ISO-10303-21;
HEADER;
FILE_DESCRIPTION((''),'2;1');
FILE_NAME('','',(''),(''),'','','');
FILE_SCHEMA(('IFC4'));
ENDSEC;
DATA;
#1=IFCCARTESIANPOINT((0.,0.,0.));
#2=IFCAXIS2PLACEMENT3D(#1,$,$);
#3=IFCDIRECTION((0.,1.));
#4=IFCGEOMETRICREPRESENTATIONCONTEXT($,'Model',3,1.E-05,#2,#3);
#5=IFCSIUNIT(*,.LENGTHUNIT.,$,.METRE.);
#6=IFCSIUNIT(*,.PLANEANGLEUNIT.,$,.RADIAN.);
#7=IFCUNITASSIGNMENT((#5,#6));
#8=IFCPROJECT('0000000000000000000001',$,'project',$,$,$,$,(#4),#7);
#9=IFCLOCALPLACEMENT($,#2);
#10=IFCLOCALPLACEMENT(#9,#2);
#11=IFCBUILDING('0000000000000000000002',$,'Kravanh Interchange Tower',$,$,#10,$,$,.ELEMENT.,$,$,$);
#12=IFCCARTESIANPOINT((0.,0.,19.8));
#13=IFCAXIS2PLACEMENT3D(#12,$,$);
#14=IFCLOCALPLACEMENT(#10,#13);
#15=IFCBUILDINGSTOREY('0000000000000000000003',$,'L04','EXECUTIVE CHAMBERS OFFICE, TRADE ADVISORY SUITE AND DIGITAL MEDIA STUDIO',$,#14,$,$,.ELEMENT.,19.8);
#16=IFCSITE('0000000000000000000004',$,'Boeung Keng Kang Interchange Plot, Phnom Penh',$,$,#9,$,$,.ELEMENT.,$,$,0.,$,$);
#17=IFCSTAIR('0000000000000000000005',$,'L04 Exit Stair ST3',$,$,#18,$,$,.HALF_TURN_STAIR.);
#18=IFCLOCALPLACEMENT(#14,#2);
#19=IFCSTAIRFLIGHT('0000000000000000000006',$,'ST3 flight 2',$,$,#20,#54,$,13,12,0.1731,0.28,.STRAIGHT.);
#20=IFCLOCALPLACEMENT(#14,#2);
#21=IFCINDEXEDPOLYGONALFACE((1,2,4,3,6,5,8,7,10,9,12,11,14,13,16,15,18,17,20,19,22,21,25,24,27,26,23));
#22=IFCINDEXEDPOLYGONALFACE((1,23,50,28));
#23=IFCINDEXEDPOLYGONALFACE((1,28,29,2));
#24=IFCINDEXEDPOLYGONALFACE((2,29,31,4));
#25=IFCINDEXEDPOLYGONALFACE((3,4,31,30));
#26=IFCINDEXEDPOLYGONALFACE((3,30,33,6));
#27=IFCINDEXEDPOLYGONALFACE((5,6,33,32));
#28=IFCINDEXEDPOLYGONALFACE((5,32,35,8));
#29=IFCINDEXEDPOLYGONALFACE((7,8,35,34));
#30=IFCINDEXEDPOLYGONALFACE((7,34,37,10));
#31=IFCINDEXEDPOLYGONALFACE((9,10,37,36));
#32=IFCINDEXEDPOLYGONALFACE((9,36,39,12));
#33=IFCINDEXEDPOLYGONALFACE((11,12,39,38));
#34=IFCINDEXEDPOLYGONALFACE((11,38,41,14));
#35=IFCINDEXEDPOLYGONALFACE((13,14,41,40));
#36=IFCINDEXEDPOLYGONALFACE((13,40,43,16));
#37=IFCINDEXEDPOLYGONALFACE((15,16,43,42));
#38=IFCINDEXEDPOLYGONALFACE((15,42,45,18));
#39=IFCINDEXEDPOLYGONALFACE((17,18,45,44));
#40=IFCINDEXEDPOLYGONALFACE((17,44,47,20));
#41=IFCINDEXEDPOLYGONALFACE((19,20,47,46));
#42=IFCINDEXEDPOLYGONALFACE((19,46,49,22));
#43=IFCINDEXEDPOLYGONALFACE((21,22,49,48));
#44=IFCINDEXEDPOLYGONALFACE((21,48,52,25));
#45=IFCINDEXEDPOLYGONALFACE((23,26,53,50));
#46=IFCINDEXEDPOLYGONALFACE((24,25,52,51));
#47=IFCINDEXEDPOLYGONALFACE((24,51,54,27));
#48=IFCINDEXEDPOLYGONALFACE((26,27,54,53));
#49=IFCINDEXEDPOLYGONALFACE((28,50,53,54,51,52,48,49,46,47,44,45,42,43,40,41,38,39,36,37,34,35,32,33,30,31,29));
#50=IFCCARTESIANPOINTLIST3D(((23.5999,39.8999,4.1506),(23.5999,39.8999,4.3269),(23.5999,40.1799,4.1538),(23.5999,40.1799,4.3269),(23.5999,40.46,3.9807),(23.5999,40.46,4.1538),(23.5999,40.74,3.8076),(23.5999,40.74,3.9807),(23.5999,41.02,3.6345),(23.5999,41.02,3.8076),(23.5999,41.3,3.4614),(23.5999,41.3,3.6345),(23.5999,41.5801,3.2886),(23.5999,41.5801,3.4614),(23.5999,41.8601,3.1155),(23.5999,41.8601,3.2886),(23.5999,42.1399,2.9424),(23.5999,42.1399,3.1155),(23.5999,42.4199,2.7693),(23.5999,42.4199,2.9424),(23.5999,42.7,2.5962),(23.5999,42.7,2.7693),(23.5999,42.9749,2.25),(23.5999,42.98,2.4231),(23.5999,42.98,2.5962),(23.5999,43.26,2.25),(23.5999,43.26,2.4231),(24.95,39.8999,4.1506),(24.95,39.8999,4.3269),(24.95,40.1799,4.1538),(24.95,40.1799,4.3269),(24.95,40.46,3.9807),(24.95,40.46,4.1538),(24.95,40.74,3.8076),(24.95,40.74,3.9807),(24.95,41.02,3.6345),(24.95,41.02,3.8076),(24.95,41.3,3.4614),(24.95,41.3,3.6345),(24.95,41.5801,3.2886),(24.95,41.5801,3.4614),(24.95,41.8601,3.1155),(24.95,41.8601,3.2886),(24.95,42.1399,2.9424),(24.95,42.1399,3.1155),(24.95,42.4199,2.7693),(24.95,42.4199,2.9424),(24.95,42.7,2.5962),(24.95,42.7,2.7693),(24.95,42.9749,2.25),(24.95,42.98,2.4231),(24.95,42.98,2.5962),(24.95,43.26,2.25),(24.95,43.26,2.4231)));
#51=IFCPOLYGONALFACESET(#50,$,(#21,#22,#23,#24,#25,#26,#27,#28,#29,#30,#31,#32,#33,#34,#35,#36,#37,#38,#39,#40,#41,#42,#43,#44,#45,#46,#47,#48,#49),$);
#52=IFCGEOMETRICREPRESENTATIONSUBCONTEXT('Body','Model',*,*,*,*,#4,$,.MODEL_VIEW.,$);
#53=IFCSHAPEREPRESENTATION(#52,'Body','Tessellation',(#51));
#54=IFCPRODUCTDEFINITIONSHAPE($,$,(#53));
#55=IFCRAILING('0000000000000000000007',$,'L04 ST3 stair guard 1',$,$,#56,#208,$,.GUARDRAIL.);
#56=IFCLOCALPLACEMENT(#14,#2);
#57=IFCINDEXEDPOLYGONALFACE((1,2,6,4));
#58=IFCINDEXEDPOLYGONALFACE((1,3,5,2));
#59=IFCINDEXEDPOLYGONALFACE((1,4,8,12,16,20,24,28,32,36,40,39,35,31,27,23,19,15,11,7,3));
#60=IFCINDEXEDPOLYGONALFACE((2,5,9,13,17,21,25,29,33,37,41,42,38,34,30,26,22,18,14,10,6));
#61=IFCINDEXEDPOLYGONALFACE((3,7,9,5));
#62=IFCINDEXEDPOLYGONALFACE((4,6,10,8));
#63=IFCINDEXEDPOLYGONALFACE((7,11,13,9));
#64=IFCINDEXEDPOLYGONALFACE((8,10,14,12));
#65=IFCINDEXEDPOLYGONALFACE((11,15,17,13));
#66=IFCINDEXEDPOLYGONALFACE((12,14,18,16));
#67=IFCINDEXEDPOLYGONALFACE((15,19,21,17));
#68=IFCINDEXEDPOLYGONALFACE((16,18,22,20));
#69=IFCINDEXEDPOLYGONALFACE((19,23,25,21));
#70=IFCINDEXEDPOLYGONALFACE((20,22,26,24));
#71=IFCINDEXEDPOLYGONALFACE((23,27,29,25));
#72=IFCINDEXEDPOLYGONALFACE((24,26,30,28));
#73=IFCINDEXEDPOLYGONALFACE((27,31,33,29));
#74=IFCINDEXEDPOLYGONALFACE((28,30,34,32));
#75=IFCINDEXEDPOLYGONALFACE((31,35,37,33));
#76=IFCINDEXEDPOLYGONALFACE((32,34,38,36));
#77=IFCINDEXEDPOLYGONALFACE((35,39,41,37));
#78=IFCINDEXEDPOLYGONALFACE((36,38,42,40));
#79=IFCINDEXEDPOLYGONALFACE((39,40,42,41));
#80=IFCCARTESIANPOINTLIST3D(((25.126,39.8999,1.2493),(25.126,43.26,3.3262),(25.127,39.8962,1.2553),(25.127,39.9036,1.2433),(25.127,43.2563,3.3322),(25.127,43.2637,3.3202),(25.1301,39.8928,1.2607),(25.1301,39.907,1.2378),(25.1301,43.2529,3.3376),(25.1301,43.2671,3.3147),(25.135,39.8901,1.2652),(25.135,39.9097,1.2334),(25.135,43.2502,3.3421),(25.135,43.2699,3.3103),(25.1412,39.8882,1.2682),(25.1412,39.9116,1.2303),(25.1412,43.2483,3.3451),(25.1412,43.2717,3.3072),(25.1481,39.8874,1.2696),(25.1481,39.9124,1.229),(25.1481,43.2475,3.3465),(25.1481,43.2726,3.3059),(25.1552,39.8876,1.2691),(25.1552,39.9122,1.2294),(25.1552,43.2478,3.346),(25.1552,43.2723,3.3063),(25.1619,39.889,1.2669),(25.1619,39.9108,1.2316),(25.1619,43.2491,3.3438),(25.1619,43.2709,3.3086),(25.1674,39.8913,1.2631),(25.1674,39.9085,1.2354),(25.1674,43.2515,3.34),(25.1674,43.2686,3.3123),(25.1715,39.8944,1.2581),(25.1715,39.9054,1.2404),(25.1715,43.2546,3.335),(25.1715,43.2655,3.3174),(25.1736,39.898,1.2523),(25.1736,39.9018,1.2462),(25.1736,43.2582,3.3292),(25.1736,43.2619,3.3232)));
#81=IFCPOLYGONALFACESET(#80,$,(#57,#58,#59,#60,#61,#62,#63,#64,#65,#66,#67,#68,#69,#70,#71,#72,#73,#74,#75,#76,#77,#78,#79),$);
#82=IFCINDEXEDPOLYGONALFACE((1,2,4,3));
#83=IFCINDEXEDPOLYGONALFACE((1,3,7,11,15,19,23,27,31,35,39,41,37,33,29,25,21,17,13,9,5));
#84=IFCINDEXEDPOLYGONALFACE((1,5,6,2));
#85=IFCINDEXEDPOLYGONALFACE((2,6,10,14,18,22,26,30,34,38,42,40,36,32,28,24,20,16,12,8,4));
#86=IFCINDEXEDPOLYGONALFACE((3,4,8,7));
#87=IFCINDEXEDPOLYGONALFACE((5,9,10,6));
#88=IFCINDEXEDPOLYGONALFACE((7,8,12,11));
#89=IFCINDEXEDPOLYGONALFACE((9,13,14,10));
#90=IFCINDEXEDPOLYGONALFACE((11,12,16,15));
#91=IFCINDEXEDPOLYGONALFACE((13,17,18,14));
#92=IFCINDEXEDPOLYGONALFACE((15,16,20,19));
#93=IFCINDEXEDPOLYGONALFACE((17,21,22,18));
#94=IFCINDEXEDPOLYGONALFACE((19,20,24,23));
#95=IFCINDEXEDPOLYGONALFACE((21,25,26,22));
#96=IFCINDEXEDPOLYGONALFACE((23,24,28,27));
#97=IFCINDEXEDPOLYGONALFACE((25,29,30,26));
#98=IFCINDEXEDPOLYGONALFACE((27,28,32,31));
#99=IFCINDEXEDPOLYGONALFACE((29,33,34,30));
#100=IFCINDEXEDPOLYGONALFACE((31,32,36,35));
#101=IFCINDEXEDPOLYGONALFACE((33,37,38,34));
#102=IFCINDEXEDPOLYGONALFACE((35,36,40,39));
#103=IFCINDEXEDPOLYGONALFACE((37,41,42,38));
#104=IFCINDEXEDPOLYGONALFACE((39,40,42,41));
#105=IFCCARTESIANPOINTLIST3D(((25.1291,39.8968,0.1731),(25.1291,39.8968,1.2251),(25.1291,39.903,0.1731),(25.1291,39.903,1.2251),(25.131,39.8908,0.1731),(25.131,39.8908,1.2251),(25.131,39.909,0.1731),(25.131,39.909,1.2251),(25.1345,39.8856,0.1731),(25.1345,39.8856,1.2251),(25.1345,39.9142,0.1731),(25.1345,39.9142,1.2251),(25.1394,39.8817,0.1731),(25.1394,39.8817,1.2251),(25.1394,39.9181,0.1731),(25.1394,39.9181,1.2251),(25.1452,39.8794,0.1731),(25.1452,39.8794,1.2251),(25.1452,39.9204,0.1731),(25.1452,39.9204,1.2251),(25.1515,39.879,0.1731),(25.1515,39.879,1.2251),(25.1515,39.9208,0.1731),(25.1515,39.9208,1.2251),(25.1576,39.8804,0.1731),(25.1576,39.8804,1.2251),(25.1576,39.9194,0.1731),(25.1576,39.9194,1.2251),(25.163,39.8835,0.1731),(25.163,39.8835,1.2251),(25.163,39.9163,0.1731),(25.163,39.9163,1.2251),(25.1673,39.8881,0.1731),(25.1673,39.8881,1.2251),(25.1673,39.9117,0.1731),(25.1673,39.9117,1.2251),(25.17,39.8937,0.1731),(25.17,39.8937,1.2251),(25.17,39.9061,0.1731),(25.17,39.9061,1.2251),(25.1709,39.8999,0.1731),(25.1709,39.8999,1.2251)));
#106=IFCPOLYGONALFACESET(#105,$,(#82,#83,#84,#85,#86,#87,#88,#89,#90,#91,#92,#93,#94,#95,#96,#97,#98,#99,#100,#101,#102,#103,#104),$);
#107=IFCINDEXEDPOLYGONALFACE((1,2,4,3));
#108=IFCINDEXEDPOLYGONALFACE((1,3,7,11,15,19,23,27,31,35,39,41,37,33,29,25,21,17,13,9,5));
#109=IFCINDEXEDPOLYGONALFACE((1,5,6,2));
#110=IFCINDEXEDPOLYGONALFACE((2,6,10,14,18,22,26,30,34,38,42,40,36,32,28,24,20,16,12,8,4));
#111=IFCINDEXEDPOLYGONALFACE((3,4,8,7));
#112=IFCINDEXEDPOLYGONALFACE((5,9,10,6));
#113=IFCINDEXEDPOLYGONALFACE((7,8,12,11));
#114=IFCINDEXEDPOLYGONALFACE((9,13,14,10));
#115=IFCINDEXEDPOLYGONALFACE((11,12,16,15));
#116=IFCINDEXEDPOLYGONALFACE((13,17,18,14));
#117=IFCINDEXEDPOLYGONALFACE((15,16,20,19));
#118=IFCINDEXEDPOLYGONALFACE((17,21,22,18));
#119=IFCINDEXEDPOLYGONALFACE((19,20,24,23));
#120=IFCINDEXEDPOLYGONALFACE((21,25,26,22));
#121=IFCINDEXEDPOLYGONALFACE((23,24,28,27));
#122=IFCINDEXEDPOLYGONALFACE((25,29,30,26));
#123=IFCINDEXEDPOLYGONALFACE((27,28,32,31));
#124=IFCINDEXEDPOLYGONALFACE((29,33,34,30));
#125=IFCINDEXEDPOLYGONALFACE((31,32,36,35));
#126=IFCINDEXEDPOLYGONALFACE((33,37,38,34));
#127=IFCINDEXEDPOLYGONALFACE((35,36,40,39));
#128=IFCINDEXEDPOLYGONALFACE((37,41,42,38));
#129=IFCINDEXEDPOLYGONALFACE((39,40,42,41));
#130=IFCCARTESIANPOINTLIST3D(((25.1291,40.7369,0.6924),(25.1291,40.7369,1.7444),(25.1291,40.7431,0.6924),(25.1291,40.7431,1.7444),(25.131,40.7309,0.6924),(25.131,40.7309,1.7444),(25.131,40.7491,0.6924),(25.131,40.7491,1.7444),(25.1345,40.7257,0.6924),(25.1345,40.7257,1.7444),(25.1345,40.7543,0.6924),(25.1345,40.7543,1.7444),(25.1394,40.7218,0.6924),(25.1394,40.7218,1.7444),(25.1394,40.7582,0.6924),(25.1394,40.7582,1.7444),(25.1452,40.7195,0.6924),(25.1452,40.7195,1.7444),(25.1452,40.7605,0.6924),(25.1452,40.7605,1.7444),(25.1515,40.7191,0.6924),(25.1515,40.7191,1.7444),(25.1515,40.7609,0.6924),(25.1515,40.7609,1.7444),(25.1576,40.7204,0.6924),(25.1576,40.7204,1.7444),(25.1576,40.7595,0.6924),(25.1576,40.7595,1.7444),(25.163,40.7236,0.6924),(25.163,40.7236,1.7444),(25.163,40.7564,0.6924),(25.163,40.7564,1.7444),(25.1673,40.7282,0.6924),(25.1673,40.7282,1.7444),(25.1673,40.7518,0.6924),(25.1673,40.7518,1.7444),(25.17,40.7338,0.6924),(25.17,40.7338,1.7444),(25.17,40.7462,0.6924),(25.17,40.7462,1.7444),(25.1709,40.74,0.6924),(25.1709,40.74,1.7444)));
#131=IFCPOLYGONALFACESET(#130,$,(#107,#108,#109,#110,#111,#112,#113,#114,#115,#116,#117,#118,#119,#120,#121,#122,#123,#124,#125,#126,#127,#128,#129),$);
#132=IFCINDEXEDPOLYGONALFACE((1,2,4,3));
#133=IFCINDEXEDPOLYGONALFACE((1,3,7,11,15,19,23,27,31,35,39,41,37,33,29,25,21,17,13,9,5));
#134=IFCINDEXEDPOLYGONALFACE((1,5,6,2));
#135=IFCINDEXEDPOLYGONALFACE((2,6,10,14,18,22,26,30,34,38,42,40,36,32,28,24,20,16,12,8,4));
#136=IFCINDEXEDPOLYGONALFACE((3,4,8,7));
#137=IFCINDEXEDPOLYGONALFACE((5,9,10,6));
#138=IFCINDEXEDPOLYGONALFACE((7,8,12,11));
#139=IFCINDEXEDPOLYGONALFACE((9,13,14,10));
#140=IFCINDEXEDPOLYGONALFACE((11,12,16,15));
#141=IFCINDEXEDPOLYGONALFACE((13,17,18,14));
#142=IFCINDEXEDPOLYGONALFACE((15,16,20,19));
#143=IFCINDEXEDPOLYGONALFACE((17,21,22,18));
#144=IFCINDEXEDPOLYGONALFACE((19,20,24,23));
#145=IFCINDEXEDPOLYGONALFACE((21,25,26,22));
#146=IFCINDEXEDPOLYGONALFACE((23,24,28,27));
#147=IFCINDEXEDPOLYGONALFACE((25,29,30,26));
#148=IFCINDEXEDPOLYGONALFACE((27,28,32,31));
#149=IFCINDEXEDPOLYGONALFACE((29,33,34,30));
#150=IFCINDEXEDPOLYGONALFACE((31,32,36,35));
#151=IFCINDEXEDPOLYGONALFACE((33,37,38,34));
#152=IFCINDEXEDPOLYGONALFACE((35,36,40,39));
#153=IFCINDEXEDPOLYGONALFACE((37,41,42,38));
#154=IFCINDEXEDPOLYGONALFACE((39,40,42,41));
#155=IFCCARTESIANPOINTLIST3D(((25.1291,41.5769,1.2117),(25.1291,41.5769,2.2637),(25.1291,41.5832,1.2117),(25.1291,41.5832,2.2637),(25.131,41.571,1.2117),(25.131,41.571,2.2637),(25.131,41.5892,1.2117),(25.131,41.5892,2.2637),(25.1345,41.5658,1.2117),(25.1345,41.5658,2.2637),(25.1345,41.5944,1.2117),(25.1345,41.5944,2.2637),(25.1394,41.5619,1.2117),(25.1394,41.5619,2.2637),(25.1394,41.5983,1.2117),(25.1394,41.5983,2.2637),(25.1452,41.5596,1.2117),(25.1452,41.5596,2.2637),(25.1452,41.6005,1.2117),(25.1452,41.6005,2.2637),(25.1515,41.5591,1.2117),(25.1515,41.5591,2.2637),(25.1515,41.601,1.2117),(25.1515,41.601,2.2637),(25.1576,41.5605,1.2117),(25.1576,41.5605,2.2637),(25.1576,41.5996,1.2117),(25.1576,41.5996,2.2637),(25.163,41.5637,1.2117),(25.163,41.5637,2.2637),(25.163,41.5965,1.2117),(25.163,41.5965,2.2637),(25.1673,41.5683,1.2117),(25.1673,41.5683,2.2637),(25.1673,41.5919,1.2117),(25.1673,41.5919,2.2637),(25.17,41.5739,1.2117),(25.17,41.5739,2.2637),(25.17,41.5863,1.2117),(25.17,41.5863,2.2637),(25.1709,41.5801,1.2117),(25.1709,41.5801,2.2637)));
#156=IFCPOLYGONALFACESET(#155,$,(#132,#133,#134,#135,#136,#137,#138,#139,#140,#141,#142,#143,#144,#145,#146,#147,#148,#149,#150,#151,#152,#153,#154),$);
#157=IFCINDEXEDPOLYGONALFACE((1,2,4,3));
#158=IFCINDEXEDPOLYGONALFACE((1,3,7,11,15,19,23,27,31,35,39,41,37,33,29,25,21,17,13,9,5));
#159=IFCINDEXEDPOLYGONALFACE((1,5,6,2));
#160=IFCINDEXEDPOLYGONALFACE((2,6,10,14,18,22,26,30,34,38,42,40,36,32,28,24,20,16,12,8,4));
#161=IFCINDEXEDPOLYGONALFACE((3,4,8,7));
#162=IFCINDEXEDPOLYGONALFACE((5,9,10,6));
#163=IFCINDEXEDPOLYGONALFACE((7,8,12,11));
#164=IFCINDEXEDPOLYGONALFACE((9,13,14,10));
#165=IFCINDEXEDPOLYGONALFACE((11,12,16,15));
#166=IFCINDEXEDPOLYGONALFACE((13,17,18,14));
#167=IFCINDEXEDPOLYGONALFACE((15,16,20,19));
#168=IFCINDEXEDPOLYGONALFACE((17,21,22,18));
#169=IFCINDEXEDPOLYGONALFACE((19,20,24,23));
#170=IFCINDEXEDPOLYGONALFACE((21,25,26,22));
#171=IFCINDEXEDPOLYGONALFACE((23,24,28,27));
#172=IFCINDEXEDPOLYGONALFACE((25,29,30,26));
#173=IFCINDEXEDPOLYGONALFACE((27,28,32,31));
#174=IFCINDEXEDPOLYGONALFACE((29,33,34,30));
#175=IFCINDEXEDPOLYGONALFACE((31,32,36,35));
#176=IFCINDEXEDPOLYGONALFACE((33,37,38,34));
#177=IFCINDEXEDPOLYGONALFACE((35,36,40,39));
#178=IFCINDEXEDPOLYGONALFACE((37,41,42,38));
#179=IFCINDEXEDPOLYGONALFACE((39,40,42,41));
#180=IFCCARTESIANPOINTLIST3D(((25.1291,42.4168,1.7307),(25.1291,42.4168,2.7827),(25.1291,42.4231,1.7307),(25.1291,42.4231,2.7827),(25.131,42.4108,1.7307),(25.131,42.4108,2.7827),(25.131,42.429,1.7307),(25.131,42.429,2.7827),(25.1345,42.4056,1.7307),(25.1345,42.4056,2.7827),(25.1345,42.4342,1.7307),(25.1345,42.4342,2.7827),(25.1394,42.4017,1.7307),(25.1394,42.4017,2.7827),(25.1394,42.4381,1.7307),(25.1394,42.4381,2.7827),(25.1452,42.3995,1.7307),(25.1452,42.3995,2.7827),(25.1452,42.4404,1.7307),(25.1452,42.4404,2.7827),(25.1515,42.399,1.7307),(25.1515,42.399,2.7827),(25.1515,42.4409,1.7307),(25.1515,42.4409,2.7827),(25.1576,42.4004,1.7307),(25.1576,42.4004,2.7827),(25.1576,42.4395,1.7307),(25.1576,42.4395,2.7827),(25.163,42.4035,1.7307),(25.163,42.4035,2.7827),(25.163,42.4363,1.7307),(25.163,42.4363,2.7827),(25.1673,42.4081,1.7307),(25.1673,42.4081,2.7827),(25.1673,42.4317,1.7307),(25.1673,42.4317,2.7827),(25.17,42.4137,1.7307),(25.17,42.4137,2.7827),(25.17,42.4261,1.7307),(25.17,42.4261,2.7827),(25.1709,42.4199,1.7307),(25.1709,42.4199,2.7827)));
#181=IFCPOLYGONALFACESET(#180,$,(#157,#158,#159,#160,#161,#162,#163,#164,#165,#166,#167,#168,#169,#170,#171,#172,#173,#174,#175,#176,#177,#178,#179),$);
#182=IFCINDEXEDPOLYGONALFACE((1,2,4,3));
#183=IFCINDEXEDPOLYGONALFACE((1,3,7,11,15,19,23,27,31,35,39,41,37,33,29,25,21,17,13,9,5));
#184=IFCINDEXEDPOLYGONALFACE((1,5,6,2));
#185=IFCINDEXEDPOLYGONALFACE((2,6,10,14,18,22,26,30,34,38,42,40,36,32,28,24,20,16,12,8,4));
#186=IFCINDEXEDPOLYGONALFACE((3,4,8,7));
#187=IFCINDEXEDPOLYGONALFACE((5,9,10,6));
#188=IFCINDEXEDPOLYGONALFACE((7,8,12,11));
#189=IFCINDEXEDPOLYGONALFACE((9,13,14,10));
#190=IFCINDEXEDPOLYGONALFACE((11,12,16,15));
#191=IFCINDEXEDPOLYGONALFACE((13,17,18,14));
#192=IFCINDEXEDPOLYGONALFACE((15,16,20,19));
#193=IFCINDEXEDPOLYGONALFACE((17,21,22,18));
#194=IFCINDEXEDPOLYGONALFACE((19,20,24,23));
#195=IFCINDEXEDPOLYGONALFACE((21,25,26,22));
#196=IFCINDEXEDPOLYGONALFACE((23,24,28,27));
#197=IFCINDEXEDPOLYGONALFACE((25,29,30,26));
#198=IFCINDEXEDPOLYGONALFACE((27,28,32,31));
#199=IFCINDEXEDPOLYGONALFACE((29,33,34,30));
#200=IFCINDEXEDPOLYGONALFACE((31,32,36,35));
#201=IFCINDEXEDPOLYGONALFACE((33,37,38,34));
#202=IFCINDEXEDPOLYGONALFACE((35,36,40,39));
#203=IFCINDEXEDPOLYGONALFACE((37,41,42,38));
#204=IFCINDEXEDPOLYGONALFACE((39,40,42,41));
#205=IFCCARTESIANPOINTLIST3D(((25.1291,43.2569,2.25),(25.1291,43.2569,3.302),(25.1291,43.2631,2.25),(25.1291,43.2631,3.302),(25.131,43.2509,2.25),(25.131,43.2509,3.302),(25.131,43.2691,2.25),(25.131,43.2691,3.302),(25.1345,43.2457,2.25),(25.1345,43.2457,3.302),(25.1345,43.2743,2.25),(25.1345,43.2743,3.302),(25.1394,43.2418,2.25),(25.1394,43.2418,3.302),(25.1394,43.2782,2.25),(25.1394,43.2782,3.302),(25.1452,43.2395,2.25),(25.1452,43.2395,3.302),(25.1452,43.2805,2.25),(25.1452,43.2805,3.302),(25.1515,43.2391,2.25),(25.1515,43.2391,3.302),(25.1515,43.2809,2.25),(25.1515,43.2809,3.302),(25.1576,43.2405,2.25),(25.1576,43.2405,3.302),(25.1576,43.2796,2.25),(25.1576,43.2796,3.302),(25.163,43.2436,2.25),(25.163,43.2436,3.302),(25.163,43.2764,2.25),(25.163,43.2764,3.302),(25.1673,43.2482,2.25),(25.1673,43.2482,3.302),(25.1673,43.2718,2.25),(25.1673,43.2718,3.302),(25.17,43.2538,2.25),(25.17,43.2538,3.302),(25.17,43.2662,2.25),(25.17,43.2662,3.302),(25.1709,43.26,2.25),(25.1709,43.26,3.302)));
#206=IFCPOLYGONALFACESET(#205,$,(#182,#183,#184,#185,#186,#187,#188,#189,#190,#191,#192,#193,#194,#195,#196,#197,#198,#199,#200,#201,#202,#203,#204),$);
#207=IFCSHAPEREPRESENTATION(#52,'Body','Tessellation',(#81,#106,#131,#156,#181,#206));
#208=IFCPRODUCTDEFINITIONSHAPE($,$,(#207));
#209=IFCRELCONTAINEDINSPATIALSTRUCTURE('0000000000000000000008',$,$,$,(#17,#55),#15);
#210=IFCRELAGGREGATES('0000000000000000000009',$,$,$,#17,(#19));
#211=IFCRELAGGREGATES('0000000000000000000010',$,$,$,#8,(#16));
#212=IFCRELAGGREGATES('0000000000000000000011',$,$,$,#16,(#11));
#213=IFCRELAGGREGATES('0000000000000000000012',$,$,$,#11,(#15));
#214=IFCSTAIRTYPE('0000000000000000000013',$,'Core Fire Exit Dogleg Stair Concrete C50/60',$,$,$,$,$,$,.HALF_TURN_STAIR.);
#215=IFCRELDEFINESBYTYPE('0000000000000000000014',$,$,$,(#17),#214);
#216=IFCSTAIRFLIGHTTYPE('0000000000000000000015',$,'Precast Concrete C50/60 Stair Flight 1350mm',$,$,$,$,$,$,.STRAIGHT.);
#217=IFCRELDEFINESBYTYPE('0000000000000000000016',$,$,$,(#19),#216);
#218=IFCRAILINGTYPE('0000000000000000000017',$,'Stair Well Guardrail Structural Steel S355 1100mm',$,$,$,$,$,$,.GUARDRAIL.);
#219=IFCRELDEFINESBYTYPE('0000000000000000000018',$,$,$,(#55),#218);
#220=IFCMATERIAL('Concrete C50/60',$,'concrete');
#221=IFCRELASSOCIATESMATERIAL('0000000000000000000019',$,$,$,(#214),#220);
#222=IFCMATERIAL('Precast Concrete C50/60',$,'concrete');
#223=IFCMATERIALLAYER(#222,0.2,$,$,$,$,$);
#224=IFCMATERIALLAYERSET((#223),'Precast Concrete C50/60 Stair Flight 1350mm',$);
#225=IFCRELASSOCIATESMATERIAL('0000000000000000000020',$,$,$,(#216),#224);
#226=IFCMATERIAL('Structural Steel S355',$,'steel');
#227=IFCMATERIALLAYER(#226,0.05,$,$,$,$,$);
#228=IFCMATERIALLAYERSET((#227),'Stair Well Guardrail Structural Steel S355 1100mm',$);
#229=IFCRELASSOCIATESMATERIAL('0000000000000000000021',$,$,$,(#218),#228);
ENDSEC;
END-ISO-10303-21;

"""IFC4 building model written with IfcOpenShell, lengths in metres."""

from ifc_helpers import new_model, si_unit, direction, frame, origin, origin_2d, place, context, subcontext, project, spatial, polyline, circle, outline, extrude, material, layer, layer_set, type_object, element, aggregate, save


model = new_model("IFC4")

# Units and contexts
model_context = context("Model", 3, precision=1e-05, world=origin(), true_north=direction((0.0, 1.0)))
body_context = subcontext(model_context, "Body", "Model", "MODEL_VIEW")
ifc_project = project(units=[si_unit("LENGTHUNIT", "METRE"), si_unit("PLANEANGLEUNIT", "RADIAN")], contexts=[model_context])

# Site, building, storey
site_placement = place(None, origin())
site = spatial("IfcSite", under=ifc_project, at=site_placement, Name="Boeung Keng Kang Interchange Plot, Phnom Penh", CompositionType="ELEMENT", RefElevation=0.0)
building_placement = place(site_placement, origin())
building = spatial("IfcBuilding", under=site, at=building_placement, Name="Kravanh Interchange Tower", CompositionType="ELEMENT")
storey_placement = place(building_placement, frame((0.0, 0.0, 19.8)))
storey = spatial("IfcBuildingStorey", under=building, at=storey_placement, Name="L04", Description="EXECUTIVE CHAMBERS OFFICE, TRADE ADVISORY SUITE AND DIGITAL MEDIA STUDIO", CompositionType="ELEMENT", Elevation=19.8)

# Stair, stair flight
ifc_material_1 = material(Name="Concrete C50/60", Category="concrete")
stair_type = type_object("IfcStairType", Name="Core Fire Exit Dogleg Stair Concrete C50/60", PredefinedType="HALF_TURN_STAIR", material=ifc_material_1)
stair_placement = place(storey_placement, origin())
stair = element("IfcStair", 1, at=stair_placement, inside=storey, type_object=stair_type, Name="L04 Exit Stair ST3", PredefinedType="HALF_TURN_STAIR")
ifc_material_2 = material(Name="Precast Concrete C50/60", Category="concrete")
ifc_layer_1 = layer(ifc_material_2, 0.2)
ifc_layer_set_1 = layer_set([ifc_layer_1], Name="Precast Concrete C50/60 Stair Flight 1350mm")
stair_flight_type = type_object("IfcStairFlightType", Name="Precast Concrete C50/60 Stair Flight 1350mm", PredefinedType="STRAIGHT", material=ifc_layer_set_1)
stair_flight_1_placement = place(storey_placement, frame((24.2749, 43.26, 2.25), z_axis=(0.0, 0.0, 1.0), x_axis=(0.0, -1.0, 0.0)))
stair_flight_1 = element("IfcStairFlight", 2, at=stair_flight_1_placement, type_object=stair_flight_type, Name="ST3 flight 2", NumberOfRisers=13, NumberOfTreads=12, PredefinedType="STRAIGHT", RiserHeight=0.1731, TreadLength=0.28, context=body_context, shape_type="SweptSolid", body=[
    extrude(outline(polyline([(0.0, 0.0), (0.0, 0.1731), (0.28, 0.1731), (0.28, 0.3462), (0.5601, 0.3462), (0.5601, 0.5193), (0.8401, 0.5193), (0.8401, 0.6924), (1.1201, 0.6924), (1.1201, 0.8655), (1.3999, 0.8655), (1.3999, 1.0386), (1.6799, 1.0386), (1.6799, 1.2114), (1.96, 1.2114), (1.96, 1.3845), (2.24, 1.3845), (2.24, 1.5576), (2.52, 1.5576), (2.52, 1.7307), (2.8, 1.7307), (2.8, 1.9038), (3.0801, 1.9038), (3.0801, 2.0769), (3.3601, 2.0769), (3.3601, 2.25), (3.3601, 1.9006), (0.2852, 0.0), (0.0, 0.0)])), frame((0.0, 0.675, 0.0), z_axis=(0.0, -1.0, 0.0), x_axis=(1.0, 0.0, 0.0)), (0.0, 0.0, 1.0), 1.3501),
])
aggregate(stair, [stair_flight_1])

# Railing
ifc_material_3 = material(Name="Structural Steel S355", Category="steel")
ifc_layer_2 = layer(ifc_material_3, 0.05)
ifc_layer_set_2 = layer_set([ifc_layer_2], Name="Stair Well Guardrail Structural Steel S355 1100mm")
railing_type_1 = type_object("IfcRailingType", Name="Stair Well Guardrail Structural Steel S355 1100mm", PredefinedType="GUARDRAIL", material=ifc_layer_set_2)
railing_1_placement = place(storey_placement, frame((25.1499, 39.8999, 0.1731)))
element("IfcRailing", 3, at=railing_1_placement, inside=storey, type_object=railing_type_1, Name="L04 ST3 stair guard 1", PredefinedType="GUARDRAIL", context=body_context, shape_type="SweptSolid", body=[
    extrude(circle(Radius=0.0239, at=origin_2d()), frame((0.0, 0.0, 1.0762), z_axis=(0.0, 0.850623, 0.525776), x_axis=(-1.0, 0.0, 0.0)), (0.0, 0.0, 1.0), 3.9502),
    extrude(circle(Radius=0.021, at=origin_2d()), origin(), (0.0, 0.0, 1.0), 1.052),
    extrude(circle(Radius=0.021, at=origin_2d()), frame((0.0, 0.8401, 0.5193)), (0.0, 0.0, 1.0), 1.052),
    extrude(circle(Radius=0.021, at=origin_2d()), frame((0.0, 1.6802, 1.0386)), (0.0, 0.0, 1.0), 1.052),
    extrude(circle(Radius=0.021, at=origin_2d()), frame((0.0, 2.52, 1.5576)), (0.0, 0.0, 1.0), 1.052),
    extrude(circle(Radius=0.021, at=origin_2d()), frame((0.0, 3.3601, 2.0769)), (0.0, 0.0, 1.0), 1.052),
])

save(model, "model.ifc")
